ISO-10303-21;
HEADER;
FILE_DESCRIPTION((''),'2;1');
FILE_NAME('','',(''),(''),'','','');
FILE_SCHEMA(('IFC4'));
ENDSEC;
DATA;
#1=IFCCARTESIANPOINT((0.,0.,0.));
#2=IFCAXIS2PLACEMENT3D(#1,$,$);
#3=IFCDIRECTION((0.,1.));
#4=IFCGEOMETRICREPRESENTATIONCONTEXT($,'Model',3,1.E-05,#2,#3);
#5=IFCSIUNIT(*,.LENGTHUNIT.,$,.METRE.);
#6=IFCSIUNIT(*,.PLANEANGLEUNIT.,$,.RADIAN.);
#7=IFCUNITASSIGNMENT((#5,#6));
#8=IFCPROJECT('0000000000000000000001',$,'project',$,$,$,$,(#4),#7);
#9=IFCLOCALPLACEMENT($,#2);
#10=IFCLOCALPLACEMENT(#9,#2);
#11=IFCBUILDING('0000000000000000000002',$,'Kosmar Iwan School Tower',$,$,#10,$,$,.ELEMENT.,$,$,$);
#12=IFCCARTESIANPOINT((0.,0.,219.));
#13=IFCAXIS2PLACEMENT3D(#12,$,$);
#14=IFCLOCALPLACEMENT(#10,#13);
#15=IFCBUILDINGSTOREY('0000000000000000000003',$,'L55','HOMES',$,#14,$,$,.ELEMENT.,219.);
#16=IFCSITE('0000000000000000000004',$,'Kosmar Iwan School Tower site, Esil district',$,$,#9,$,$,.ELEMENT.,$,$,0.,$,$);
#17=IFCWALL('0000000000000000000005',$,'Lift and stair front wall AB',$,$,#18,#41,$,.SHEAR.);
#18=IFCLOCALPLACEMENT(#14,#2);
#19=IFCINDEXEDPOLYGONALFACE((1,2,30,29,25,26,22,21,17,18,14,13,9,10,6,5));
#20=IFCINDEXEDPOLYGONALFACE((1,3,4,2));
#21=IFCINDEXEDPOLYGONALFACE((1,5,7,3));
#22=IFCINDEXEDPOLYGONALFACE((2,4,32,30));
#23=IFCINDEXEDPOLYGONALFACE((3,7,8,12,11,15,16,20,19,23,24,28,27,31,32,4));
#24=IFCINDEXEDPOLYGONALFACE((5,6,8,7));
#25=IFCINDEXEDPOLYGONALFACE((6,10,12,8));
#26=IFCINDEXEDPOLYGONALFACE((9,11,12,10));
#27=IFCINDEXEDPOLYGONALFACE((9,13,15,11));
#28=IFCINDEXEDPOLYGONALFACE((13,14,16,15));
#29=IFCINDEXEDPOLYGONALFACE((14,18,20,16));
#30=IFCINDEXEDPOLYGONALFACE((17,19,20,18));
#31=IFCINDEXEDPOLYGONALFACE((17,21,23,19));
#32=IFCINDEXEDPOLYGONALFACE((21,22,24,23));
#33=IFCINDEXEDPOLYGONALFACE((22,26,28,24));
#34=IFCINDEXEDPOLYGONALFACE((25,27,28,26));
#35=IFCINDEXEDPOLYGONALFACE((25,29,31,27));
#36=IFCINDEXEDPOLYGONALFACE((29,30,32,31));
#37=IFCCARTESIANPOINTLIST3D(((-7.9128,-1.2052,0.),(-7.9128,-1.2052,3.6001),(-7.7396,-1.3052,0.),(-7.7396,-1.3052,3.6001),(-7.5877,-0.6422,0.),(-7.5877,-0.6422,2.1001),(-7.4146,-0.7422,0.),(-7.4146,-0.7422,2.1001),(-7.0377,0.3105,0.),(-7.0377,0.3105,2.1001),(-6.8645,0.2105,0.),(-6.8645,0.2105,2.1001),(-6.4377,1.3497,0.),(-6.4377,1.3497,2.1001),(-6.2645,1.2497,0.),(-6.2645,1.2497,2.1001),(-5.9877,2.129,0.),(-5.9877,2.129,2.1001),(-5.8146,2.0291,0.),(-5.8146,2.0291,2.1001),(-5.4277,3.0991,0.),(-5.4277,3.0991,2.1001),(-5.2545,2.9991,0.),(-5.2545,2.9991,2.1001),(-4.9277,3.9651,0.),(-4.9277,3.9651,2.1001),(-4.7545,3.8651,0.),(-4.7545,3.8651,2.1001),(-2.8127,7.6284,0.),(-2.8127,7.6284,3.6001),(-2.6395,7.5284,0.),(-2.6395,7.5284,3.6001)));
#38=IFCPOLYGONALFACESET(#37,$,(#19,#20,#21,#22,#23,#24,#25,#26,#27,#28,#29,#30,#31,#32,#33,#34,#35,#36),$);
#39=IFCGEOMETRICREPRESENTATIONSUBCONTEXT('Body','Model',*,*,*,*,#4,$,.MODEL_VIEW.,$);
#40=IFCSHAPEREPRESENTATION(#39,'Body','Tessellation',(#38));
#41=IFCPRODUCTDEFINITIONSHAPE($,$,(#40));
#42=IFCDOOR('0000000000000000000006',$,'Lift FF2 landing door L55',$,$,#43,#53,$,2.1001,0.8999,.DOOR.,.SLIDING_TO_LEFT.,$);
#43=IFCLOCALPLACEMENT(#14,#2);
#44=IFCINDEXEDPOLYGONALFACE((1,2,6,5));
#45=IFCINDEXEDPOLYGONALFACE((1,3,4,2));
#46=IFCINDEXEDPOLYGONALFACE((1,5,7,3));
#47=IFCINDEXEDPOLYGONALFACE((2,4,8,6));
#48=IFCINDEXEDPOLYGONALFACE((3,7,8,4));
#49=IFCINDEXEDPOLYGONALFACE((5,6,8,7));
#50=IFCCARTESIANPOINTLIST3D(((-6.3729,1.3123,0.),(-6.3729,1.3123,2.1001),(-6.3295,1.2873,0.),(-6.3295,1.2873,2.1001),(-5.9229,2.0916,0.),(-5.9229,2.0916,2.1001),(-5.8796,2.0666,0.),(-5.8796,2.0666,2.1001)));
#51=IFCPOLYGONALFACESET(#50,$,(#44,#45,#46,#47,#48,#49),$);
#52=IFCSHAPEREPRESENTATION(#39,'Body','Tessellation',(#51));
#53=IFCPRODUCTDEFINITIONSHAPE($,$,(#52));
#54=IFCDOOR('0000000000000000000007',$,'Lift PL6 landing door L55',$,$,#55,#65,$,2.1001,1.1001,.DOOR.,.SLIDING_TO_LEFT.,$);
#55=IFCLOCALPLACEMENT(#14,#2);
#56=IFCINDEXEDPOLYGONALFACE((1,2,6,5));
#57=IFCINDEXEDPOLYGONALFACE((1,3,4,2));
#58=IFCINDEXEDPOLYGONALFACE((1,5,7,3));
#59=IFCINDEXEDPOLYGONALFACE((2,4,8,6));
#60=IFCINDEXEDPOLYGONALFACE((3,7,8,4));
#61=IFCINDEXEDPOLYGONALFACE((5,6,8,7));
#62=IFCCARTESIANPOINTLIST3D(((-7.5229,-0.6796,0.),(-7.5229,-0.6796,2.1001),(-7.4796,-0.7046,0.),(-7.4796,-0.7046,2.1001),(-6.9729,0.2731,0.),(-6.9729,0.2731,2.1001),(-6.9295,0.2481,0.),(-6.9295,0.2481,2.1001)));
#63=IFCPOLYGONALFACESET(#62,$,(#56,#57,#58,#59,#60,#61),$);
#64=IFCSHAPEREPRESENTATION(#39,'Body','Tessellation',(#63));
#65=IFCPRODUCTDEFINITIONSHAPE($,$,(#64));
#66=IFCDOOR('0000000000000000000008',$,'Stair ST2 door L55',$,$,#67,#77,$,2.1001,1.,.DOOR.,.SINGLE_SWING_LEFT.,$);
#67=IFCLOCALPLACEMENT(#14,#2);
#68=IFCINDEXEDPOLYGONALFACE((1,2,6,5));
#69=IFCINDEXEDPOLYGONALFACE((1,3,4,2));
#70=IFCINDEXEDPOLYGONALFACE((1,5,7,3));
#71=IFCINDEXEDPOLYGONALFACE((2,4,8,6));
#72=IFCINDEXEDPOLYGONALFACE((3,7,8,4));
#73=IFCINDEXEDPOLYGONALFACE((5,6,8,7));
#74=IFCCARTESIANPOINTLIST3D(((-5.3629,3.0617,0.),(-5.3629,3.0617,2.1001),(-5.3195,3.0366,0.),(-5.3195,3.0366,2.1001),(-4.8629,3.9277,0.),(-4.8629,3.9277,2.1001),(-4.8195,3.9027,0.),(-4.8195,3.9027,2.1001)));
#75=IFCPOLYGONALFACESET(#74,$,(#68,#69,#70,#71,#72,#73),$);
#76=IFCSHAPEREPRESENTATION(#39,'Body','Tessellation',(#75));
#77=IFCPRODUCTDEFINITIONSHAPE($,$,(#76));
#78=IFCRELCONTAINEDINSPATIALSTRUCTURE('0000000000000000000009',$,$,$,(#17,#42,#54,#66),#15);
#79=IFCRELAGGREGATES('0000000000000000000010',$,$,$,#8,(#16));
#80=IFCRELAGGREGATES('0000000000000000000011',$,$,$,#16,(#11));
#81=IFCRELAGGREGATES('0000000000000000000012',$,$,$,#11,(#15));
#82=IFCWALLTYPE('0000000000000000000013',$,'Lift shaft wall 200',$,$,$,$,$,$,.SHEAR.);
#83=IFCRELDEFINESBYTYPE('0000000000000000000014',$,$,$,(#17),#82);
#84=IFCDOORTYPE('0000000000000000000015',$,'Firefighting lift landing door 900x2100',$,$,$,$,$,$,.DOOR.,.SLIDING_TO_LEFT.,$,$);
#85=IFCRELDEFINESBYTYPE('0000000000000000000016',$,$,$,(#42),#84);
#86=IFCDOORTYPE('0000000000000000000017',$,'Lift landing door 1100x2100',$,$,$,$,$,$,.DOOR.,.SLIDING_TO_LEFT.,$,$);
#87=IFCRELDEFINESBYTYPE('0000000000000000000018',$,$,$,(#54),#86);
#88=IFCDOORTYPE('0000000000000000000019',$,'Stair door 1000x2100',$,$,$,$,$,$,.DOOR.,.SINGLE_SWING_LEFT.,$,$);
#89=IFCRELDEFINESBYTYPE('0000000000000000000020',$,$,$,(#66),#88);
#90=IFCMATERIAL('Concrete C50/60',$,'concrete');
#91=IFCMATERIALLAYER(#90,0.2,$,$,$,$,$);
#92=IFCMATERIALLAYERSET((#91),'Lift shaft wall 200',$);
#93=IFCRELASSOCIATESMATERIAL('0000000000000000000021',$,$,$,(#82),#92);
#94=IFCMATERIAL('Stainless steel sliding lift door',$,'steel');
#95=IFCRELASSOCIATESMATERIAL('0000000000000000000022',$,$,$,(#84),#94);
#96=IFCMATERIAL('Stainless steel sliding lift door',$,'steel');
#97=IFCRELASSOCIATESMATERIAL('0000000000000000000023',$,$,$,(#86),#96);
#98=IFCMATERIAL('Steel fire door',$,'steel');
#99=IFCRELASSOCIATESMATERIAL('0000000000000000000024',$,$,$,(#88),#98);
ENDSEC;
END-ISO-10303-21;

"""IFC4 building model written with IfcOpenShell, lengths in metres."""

from ifc_helpers import new_model, si_unit, direction, frame, frame_2d, origin, place, context, subcontext, project, spatial, rectangle, extrude, material, layer, layer_set, type_object, element, fill, save


model = new_model("IFC4")

# Units and contexts
model_context = context("Model", 3, precision=1e-05, world=origin(), true_north=direction((0.0, 1.0)))
body_context = subcontext(model_context, "Body", "Model", "MODEL_VIEW")
ifc_project = project(units=[si_unit("LENGTHUNIT", "METRE"), si_unit("PLANEANGLEUNIT", "RADIAN")], contexts=[model_context])

# Site, building, storey
site_placement = place(None, origin())
site = spatial("IfcSite", under=ifc_project, at=site_placement, Name="Kosmar Iwan School Tower site, Esil district", CompositionType="ELEMENT", RefElevation=0.0)
building_placement = place(site_placement, origin())
building = spatial("IfcBuilding", under=site, at=building_placement, Name="Kosmar Iwan School Tower", CompositionType="ELEMENT")
storey_placement = place(building_placement, frame((0.0, 0.0, 219.0)))
storey = spatial("IfcBuildingStorey", under=building, at=storey_placement, Name="L55", Description="HOMES", CompositionType="ELEMENT", Elevation=219.0)

# Wall, openings, doors
ifc_material_1 = material(Name="Concrete C50/60", Category="concrete")
ifc_layer_1 = layer(ifc_material_1, 0.2)
ifc_layer_set_1 = layer_set([ifc_layer_1], Name="Lift shaft wall 200")
wall_type_1 = type_object("IfcWallType", Name="Lift shaft wall 200", PredefinedType="SHEAR", material=ifc_layer_set_1)
wall_1_placement = place(storey_placement, frame((-2.7261, 7.5784, 0.0), z_axis=(0.0, 0.0, 1.0), x_axis=(-0.500006, -0.866022, 0.0)))
wall_1 = element("IfcWall", 1, at=wall_1_placement, inside=storey, type_object=wall_type_1, Name="Lift and stair front wall AB", PredefinedType="SHEAR", context=body_context, shape_type="SweptSolid", body=[
    extrude(rectangle(XDim=10.2002, YDim=0.2, at=frame_2d((5.1001, 0.0))), origin(), (0.0, 0.0, 1.0), 3.6001),
])
opening_1_placement = place(wall_1_placement, frame((6.3501, 0.0, 0.0)))
opening_1 = element("IfcOpeningElement", 2, at=opening_1_placement, cuts=wall_1, PredefinedType="OPENING", context=body_context, shape_type="SweptSolid", body=[
    extrude(rectangle(XDim=0.8999, YDim=2.1001, at=frame_2d((0.45, 1.05))), frame((0.0, 0.1121, 0.0), z_axis=(0.0, -1.0, 0.0), x_axis=(1.0, 0.0, 0.0)), (0.0, 0.0, 1.0), 0.2239),
])
opening_2_placement = place(wall_1_placement, frame((8.45, 0.0, 0.0)))
opening_2 = element("IfcOpeningElement", 3, at=opening_2_placement, cuts=wall_1, PredefinedType="OPENING", context=body_context, shape_type="SweptSolid", body=[
    extrude(rectangle(XDim=1.1001, YDim=2.1001, at=frame_2d((0.55, 1.05))), frame((0.0, 0.1121, 0.0), z_axis=(0.0, -1.0, 0.0), x_axis=(1.0, 0.0, 0.0)), (0.0, 0.0, 1.0), 0.2239),
])
opening_3_placement = place(wall_1_placement, frame((4.23, 0.0, 0.0)))
opening_3 = element("IfcOpeningElement", 4, at=opening_3_placement, cuts=wall_1, PredefinedType="OPENING", context=body_context, shape_type="SweptSolid", body=[
    extrude(rectangle(XDim=1.0, YDim=2.1001, at=frame_2d((0.5, 1.05))), frame((0.0, 0.1121, 0.0), z_axis=(0.0, -1.0, 0.0), x_axis=(1.0, 0.0, 0.0)), (0.0, 0.0, 1.0), 0.2239),
])
ifc_material_2 = material(Name="Stainless steel sliding lift door", Category="steel")
door_type_1 = type_object("IfcDoorType", Name="Firefighting lift landing door 900x2100", OperationType="SLIDING_TO_LEFT", PredefinedType="DOOR", material=ifc_material_2)
door_1_placement = place(opening_1_placement, origin())
door_1 = element("IfcDoor", 5, at=door_1_placement, inside=storey, type_object=door_type_1, Name="Lift FF2 landing door L55", OperationType="SLIDING_TO_LEFT", OverallHeight=2.1001, OverallWidth=0.8999, PredefinedType="DOOR", context=body_context, shape_type="SweptSolid", body=[
    extrude(rectangle(XDim=0.8999, YDim=2.1001, at=frame_2d((0.45, 1.05))), frame((0.0, 0.0249, 0.0), z_axis=(0.0, -1.0, 0.0), x_axis=(1.0, 0.0, 0.0)), (0.0, 0.0, 1.0), 0.05),
])
fill(opening_1, door_1)
ifc_material_3 = material(Name="Stainless steel sliding lift door", Category="steel")
door_type_2 = type_object("IfcDoorType", Name="Lift landing door 1100x2100", OperationType="SLIDING_TO_LEFT", PredefinedType="DOOR", material=ifc_material_3)
door_2_placement = place(opening_2_placement, origin())
door_2 = element("IfcDoor", 6, at=door_2_placement, inside=storey, type_object=door_type_2, Name="Lift PL6 landing door L55", OperationType="SLIDING_TO_LEFT", OverallHeight=2.1001, OverallWidth=1.1001, PredefinedType="DOOR", context=body_context, shape_type="SweptSolid", body=[
    extrude(rectangle(XDim=1.1001, YDim=2.1001, at=frame_2d((0.55, 1.05))), frame((0.0, 0.0249, 0.0), z_axis=(0.0, -1.0, 0.0), x_axis=(1.0, 0.0, 0.0)), (0.0, 0.0, 1.0), 0.05),
])
fill(opening_2, door_2)
ifc_material_4 = material(Name="Steel fire door", Category="steel")
door_type_3 = type_object("IfcDoorType", Name="Stair door 1000x2100", OperationType="SINGLE_SWING_LEFT", PredefinedType="DOOR", material=ifc_material_4)
door_3_placement = place(opening_3_placement, origin())
door_3 = element("IfcDoor", 7, at=door_3_placement, inside=storey, type_object=door_type_3, Name="Stair ST2 door L55", OperationType="SINGLE_SWING_LEFT", OverallHeight=2.1001, OverallWidth=1.0, PredefinedType="DOOR", context=body_context, shape_type="SweptSolid", body=[
    extrude(rectangle(XDim=1.0, YDim=2.1001, at=frame_2d((0.5, 1.05))), frame((0.0, 0.0249, 0.0), z_axis=(0.0, -1.0, 0.0), x_axis=(1.0, 0.0, 0.0)), (0.0, 0.0, 1.0), 0.05),
])
fill(opening_3, door_3)

save(model, "model.ifc")
